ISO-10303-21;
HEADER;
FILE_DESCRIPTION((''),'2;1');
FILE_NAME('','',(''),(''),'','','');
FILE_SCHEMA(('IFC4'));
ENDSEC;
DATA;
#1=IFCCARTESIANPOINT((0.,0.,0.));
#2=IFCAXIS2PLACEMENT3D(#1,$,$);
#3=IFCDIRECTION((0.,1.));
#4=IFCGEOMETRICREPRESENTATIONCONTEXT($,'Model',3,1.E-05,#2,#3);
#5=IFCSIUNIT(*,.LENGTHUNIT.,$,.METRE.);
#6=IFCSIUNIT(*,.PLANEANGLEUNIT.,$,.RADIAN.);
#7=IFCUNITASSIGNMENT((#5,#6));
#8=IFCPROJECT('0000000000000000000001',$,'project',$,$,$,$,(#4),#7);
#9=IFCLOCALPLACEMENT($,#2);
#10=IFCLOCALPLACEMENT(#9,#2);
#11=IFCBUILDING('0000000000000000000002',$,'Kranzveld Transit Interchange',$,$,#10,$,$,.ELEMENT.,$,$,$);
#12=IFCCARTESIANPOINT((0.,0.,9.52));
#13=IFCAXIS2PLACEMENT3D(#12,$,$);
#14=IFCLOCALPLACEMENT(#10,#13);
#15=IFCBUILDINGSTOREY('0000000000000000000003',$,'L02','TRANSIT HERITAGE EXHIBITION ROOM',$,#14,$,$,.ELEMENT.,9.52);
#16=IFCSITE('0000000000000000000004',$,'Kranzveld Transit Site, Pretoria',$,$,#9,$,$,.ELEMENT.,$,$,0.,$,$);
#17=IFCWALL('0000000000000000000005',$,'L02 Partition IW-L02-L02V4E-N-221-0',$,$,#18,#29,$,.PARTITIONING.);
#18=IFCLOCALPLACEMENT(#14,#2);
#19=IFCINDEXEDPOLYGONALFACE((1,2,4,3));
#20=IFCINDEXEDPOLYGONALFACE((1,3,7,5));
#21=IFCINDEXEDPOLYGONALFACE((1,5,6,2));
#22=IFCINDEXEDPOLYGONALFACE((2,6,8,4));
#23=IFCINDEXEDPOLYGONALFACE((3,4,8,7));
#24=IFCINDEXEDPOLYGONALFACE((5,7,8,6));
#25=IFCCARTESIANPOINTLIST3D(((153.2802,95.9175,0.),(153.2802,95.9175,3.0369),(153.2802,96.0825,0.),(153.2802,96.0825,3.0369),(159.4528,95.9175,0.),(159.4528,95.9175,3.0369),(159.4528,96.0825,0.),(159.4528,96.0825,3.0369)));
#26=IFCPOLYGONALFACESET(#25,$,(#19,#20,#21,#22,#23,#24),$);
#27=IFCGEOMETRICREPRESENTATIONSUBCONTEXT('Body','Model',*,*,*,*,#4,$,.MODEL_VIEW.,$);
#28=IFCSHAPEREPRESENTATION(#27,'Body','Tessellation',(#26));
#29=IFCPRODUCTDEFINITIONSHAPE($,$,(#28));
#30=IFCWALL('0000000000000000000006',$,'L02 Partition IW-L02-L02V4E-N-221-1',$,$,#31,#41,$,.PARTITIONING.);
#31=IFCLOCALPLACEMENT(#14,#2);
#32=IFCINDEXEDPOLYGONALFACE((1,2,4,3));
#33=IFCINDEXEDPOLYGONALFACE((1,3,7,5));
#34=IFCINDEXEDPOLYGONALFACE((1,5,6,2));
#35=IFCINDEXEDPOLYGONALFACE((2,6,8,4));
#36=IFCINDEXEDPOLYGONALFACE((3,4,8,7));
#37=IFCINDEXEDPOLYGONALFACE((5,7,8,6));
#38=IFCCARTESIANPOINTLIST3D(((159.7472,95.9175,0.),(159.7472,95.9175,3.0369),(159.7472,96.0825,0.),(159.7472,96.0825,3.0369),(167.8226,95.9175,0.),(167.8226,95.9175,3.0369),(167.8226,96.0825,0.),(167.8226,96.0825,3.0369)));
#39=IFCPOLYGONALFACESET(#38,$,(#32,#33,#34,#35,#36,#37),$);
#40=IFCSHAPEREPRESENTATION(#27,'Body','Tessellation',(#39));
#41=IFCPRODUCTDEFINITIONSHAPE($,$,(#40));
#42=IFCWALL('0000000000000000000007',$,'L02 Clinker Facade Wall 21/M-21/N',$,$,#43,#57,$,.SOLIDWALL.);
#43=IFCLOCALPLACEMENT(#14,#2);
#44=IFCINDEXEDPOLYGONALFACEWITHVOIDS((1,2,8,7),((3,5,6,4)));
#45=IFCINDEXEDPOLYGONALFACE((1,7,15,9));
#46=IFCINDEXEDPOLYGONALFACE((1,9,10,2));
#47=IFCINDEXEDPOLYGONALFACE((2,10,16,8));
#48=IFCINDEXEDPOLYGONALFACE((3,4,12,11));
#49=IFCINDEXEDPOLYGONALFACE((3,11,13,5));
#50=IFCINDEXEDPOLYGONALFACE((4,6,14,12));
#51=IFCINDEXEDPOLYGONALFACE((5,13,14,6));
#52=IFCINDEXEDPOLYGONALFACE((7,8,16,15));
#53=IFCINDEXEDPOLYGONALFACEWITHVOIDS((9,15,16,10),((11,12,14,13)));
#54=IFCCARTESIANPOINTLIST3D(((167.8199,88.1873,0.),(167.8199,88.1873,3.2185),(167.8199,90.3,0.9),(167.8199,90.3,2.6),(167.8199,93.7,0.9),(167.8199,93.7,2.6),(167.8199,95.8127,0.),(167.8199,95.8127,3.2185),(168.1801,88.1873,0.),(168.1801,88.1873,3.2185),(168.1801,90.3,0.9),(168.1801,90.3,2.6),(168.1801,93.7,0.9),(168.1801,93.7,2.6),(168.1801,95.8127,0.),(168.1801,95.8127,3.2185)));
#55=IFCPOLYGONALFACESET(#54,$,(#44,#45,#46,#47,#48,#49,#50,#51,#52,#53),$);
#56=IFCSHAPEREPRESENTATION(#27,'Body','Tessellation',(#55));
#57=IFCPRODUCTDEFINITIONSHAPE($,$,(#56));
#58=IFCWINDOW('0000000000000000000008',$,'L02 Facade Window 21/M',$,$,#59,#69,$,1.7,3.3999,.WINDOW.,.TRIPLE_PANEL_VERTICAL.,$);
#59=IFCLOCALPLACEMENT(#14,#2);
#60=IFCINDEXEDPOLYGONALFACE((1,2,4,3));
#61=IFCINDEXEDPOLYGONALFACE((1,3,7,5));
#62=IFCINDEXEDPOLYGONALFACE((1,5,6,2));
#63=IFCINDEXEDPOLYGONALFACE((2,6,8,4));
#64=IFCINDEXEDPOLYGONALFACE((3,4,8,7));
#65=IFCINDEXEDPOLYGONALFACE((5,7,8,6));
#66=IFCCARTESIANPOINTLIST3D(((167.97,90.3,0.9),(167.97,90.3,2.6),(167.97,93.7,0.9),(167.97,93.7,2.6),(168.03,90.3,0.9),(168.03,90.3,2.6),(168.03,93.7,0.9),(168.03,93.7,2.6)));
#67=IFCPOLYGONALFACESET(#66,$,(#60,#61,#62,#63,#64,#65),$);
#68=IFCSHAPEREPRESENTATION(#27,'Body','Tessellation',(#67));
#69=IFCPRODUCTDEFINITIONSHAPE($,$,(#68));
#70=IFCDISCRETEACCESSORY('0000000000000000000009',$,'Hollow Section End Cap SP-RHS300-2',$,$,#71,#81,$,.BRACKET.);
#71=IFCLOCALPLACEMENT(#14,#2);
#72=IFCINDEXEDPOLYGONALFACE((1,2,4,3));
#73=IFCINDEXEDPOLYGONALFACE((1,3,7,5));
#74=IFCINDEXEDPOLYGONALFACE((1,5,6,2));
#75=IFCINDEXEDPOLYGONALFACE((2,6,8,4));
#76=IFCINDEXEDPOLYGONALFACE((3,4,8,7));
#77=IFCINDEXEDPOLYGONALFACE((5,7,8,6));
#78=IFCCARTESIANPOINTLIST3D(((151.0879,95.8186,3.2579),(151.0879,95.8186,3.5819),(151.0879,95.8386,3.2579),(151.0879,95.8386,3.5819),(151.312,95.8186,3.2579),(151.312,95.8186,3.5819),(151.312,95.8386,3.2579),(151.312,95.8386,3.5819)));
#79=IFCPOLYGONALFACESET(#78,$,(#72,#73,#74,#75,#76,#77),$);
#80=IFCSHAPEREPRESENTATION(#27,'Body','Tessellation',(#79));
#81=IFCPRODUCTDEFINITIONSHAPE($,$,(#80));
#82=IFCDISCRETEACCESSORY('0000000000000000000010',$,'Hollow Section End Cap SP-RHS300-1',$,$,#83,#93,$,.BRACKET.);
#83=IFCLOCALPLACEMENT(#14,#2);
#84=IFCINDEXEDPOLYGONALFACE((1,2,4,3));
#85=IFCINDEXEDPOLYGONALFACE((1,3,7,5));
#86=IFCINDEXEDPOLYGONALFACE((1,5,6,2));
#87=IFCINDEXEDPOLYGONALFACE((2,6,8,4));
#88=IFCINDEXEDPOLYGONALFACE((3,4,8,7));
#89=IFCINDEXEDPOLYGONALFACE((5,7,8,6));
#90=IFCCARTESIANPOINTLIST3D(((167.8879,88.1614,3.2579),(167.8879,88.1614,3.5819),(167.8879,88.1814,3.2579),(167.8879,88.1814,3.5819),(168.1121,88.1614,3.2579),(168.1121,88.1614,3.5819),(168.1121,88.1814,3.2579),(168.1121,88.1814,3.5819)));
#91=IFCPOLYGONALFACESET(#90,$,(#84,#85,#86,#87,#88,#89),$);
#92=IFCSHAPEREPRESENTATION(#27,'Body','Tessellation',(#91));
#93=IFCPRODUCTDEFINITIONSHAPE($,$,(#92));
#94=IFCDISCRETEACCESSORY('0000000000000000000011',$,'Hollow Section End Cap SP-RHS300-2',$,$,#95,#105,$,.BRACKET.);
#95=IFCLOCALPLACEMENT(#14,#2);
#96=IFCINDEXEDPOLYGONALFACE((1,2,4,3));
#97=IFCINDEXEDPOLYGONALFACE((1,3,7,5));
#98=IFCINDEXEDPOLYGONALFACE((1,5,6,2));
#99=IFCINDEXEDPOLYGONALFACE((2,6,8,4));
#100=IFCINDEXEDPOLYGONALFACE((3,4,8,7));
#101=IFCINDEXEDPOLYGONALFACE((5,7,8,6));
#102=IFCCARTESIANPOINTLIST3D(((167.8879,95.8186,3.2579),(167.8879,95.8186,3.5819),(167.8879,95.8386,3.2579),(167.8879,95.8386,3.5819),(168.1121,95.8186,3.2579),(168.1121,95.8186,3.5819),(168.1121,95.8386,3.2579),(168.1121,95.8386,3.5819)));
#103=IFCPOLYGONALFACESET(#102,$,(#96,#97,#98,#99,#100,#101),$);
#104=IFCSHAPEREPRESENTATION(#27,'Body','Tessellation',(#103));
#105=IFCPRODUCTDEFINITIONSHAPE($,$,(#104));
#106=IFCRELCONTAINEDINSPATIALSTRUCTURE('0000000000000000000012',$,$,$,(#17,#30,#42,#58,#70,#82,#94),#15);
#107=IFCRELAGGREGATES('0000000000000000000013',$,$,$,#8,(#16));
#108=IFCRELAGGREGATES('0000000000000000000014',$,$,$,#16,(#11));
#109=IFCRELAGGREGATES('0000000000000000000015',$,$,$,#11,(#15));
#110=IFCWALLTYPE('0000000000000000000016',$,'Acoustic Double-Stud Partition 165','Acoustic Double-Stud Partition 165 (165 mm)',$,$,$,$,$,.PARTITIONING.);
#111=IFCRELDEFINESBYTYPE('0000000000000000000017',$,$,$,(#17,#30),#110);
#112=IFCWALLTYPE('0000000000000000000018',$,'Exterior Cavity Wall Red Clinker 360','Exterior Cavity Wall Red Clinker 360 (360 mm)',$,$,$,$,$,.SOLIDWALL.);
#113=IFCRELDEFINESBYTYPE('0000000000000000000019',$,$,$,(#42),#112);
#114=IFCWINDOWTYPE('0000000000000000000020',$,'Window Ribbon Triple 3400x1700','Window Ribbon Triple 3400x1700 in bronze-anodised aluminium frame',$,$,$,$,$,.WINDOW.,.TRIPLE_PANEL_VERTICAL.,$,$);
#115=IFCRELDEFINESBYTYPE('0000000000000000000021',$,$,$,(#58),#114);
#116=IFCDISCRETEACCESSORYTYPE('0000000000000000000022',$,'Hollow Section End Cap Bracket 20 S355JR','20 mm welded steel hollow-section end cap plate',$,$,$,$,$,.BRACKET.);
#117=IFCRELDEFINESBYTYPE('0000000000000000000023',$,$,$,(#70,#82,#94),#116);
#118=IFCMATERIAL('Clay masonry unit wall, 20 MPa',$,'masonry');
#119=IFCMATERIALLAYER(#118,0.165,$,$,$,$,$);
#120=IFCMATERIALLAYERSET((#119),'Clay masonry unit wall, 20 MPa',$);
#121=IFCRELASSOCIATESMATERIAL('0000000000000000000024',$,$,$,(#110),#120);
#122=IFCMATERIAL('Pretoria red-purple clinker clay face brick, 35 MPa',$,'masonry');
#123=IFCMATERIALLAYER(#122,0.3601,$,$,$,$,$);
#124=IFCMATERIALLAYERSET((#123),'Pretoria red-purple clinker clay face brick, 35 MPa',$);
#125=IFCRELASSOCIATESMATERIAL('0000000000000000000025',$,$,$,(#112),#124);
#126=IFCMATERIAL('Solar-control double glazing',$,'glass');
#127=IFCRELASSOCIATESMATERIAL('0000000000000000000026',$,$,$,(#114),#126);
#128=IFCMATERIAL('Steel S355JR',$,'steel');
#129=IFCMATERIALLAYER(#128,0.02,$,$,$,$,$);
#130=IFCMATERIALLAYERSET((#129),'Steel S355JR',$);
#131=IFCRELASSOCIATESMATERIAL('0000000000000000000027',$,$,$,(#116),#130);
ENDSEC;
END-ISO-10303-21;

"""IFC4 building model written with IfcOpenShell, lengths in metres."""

from ifc_helpers import new_model, si_unit, direction, frame, frame_2d, origin, origin_2d, place, context, subcontext, project, spatial, rectangle, extrude, material, layer, layer_set, type_object, element, fill, save


model = new_model("IFC4")

# Units and contexts
model_context = context("Model", 3, precision=1e-05, world=origin(), true_north=direction((0.0, 1.0)))
body_context = subcontext(model_context, "Body", "Model", "MODEL_VIEW")
ifc_project = project(units=[si_unit("LENGTHUNIT", "METRE"), si_unit("PLANEANGLEUNIT", "RADIAN")], contexts=[model_context])

# Site, building, storey
site_placement = place(None, origin())
site = spatial("IfcSite", under=ifc_project, at=site_placement, Name="Kranzveld Transit Site, Pretoria", CompositionType="ELEMENT", RefElevation=0.0)
building_placement = place(site_placement, origin())
building = spatial("IfcBuilding", under=site, at=building_placement, Name="Kranzveld Transit Interchange", CompositionType="ELEMENT")
storey_placement = place(building_placement, frame((0.0, 0.0, 9.52)))
storey = spatial("IfcBuildingStorey", under=building, at=storey_placement, Name="L02", Description="TRANSIT HERITAGE EXHIBITION ROOM", CompositionType="ELEMENT", Elevation=9.52)

# Walls
ifc_material_1 = material(Name="Clay masonry unit wall, 20 MPa", Category="masonry")
ifc_layer_1 = layer(ifc_material_1, 0.165)
ifc_layer_set_1 = layer_set([ifc_layer_1], Name="Clay masonry unit wall, 20 MPa")
wall_type_1 = type_object("IfcWallType", Name="Acoustic Double-Stud Partition 165", Description="Acoustic Double-Stud Partition 165 (165 mm)", PredefinedType="PARTITIONING", material=ifc_layer_set_1)
wall_1_placement = place(storey_placement, frame((153.28, 96.0, 0.0), z_axis=(0.0, 0.0, 1.0), x_axis=(1.0, 0.0, 0.0)))
element("IfcWall", 1, at=wall_1_placement, inside=storey, type_object=wall_type_1, Name="L02 Partition IW-L02-L02V4E-N-221-0", PredefinedType="PARTITIONING", context=body_context, shape_type="SweptSolid", body=[
    extrude(rectangle(XDim=6.1726, YDim=0.165, at=frame_2d((3.0864, 0.0))), origin(), (0.0, 0.0, 1.0), 3.0369),
])
wall_2_placement = place(storey_placement, frame((159.7473, 96.0, 0.0), z_axis=(0.0, 0.0, 1.0), x_axis=(1.0, 0.0, 0.0)))
element("IfcWall", 2, at=wall_2_placement, inside=storey, type_object=wall_type_1, Name="L02 Partition IW-L02-L02V4E-N-221-1", PredefinedType="PARTITIONING", context=body_context, shape_type="SweptSolid", body=[
    extrude(rectangle(XDim=8.0754, YDim=0.165, at=frame_2d((4.0376, 0.0))), origin(), (0.0, 0.0, 1.0), 3.0369),
])

# Wall, opening, window
ifc_material_2 = material(Name="Pretoria red-purple clinker clay face brick, 35 MPa", Category="masonry")
ifc_layer_2 = layer(ifc_material_2, 0.3601)
ifc_layer_set_2 = layer_set([ifc_layer_2], Name="Pretoria red-purple clinker clay face brick, 35 MPa")
wall_type_2 = type_object("IfcWallType", Name="Exterior Cavity Wall Red Clinker 360", Description="Exterior Cavity Wall Red Clinker 360 (360 mm)", PredefinedType="SOLIDWALL", material=ifc_layer_set_2)
wall_3_placement = place(storey_placement, frame((168.0, 88.1873, 0.0), z_axis=(0.0, 0.0, 1.0), x_axis=(0.0, 1.0, 0.0)))
wall_3 = element("IfcWall", 3, at=wall_3_placement, inside=storey, type_object=wall_type_2, Name="L02 Clinker Facade Wall 21/M-21/N", PredefinedType="SOLIDWALL", context=body_context, shape_type="SweptSolid", body=[
    extrude(rectangle(XDim=7.6255, YDim=0.3601, at=frame_2d((3.8127, 0.0))), origin(), (0.0, 0.0, 1.0), 3.2185),
])
opening_placement = place(wall_3_placement, frame((2.1128, 0.0, 0.8999), z_axis=(0.0, 0.0, 1.0), x_axis=(1.0, 0.0, 0.0)))
opening = element("IfcOpeningElement", 4, at=opening_placement, cuts=wall_3, PredefinedType="OPENING", context=body_context, shape_type="SweptSolid", body=[
    extrude(rectangle(XDim=3.3999, YDim=1.7, at=frame_2d((1.7, 0.8501))), frame((0.0, 0.1899, 0.0), z_axis=(0.0, -1.0, 0.0), x_axis=(1.0, 0.0, 0.0)), (0.0, 0.0, 1.0), 0.3801),
])
ifc_material_3 = material(Name="Solar-control double glazing", Category="glass")
window_type = type_object("IfcWindowType", Name="Window Ribbon Triple 3400x1700", Description="Window Ribbon Triple 3400x1700 in bronze-anodised aluminium frame", PartitioningType="TRIPLE_PANEL_VERTICAL", PredefinedType="WINDOW", material=ifc_material_3)
window_placement = place(opening_placement, origin())
window = element("IfcWindow", 5, at=window_placement, inside=storey, type_object=window_type, Name="L02 Facade Window 21/M", OverallHeight=1.7, OverallWidth=3.3999, PartitioningType="TRIPLE_PANEL_VERTICAL", PredefinedType="WINDOW", context=body_context, shape_type="SweptSolid", body=[
    extrude(rectangle(XDim=3.3999, YDim=1.7, at=frame_2d((1.7, 0.8501))), frame((0.0, 0.03, 0.0), z_axis=(0.0, -1.0, 0.0), x_axis=(1.0, 0.0, 0.0)), (0.0, 0.0, 1.0), 0.0601),
])
fill(opening, window)

# Discrete accessories
ifc_material_4 = material(Name="Steel S355JR", Category="steel")
ifc_layer_3 = layer(ifc_material_4, 0.02)
ifc_layer_set_3 = layer_set([ifc_layer_3], Name="Steel S355JR")
discrete_accessory_type = type_object("IfcDiscreteAccessoryType", Name="Hollow Section End Cap Bracket 20 S355JR", Description="20 mm welded steel hollow-section end cap plate", PredefinedType="BRACKET", material=ifc_layer_set_3)
for number, where, z_axis, x_axis, name in (
    (6, (151.2, 95.8186, 3.4199), (0.0, 1.0, 0.0), (-1.0, 0.0, 0.0), "Hollow Section End Cap SP-RHS300-2"),
    (7, (168.0, 88.1814, 3.4199), (0.0, -1.0, 0.0), (1.0, 0.0, 0.0), "Hollow Section End Cap SP-RHS300-1"),
    (8, (168.0, 95.8186, 3.4199), (0.0, 1.0, 0.0), (-1.0, 0.0, 0.0), "Hollow Section End Cap SP-RHS300-2"),
):
    element("IfcDiscreteAccessory", number, at=place(storey_placement, frame(where, z_axis=z_axis, x_axis=x_axis)), inside=storey, type_object=discrete_accessory_type, Name=name, PredefinedType="BRACKET", context=body_context, shape_type="SweptSolid", body=[
        extrude(rectangle(XDim=0.2241, YDim=0.324, at=origin_2d()), origin(), (0.0, 0.0, 1.0), 0.02),
    ])

save(model, "model.ifc")
